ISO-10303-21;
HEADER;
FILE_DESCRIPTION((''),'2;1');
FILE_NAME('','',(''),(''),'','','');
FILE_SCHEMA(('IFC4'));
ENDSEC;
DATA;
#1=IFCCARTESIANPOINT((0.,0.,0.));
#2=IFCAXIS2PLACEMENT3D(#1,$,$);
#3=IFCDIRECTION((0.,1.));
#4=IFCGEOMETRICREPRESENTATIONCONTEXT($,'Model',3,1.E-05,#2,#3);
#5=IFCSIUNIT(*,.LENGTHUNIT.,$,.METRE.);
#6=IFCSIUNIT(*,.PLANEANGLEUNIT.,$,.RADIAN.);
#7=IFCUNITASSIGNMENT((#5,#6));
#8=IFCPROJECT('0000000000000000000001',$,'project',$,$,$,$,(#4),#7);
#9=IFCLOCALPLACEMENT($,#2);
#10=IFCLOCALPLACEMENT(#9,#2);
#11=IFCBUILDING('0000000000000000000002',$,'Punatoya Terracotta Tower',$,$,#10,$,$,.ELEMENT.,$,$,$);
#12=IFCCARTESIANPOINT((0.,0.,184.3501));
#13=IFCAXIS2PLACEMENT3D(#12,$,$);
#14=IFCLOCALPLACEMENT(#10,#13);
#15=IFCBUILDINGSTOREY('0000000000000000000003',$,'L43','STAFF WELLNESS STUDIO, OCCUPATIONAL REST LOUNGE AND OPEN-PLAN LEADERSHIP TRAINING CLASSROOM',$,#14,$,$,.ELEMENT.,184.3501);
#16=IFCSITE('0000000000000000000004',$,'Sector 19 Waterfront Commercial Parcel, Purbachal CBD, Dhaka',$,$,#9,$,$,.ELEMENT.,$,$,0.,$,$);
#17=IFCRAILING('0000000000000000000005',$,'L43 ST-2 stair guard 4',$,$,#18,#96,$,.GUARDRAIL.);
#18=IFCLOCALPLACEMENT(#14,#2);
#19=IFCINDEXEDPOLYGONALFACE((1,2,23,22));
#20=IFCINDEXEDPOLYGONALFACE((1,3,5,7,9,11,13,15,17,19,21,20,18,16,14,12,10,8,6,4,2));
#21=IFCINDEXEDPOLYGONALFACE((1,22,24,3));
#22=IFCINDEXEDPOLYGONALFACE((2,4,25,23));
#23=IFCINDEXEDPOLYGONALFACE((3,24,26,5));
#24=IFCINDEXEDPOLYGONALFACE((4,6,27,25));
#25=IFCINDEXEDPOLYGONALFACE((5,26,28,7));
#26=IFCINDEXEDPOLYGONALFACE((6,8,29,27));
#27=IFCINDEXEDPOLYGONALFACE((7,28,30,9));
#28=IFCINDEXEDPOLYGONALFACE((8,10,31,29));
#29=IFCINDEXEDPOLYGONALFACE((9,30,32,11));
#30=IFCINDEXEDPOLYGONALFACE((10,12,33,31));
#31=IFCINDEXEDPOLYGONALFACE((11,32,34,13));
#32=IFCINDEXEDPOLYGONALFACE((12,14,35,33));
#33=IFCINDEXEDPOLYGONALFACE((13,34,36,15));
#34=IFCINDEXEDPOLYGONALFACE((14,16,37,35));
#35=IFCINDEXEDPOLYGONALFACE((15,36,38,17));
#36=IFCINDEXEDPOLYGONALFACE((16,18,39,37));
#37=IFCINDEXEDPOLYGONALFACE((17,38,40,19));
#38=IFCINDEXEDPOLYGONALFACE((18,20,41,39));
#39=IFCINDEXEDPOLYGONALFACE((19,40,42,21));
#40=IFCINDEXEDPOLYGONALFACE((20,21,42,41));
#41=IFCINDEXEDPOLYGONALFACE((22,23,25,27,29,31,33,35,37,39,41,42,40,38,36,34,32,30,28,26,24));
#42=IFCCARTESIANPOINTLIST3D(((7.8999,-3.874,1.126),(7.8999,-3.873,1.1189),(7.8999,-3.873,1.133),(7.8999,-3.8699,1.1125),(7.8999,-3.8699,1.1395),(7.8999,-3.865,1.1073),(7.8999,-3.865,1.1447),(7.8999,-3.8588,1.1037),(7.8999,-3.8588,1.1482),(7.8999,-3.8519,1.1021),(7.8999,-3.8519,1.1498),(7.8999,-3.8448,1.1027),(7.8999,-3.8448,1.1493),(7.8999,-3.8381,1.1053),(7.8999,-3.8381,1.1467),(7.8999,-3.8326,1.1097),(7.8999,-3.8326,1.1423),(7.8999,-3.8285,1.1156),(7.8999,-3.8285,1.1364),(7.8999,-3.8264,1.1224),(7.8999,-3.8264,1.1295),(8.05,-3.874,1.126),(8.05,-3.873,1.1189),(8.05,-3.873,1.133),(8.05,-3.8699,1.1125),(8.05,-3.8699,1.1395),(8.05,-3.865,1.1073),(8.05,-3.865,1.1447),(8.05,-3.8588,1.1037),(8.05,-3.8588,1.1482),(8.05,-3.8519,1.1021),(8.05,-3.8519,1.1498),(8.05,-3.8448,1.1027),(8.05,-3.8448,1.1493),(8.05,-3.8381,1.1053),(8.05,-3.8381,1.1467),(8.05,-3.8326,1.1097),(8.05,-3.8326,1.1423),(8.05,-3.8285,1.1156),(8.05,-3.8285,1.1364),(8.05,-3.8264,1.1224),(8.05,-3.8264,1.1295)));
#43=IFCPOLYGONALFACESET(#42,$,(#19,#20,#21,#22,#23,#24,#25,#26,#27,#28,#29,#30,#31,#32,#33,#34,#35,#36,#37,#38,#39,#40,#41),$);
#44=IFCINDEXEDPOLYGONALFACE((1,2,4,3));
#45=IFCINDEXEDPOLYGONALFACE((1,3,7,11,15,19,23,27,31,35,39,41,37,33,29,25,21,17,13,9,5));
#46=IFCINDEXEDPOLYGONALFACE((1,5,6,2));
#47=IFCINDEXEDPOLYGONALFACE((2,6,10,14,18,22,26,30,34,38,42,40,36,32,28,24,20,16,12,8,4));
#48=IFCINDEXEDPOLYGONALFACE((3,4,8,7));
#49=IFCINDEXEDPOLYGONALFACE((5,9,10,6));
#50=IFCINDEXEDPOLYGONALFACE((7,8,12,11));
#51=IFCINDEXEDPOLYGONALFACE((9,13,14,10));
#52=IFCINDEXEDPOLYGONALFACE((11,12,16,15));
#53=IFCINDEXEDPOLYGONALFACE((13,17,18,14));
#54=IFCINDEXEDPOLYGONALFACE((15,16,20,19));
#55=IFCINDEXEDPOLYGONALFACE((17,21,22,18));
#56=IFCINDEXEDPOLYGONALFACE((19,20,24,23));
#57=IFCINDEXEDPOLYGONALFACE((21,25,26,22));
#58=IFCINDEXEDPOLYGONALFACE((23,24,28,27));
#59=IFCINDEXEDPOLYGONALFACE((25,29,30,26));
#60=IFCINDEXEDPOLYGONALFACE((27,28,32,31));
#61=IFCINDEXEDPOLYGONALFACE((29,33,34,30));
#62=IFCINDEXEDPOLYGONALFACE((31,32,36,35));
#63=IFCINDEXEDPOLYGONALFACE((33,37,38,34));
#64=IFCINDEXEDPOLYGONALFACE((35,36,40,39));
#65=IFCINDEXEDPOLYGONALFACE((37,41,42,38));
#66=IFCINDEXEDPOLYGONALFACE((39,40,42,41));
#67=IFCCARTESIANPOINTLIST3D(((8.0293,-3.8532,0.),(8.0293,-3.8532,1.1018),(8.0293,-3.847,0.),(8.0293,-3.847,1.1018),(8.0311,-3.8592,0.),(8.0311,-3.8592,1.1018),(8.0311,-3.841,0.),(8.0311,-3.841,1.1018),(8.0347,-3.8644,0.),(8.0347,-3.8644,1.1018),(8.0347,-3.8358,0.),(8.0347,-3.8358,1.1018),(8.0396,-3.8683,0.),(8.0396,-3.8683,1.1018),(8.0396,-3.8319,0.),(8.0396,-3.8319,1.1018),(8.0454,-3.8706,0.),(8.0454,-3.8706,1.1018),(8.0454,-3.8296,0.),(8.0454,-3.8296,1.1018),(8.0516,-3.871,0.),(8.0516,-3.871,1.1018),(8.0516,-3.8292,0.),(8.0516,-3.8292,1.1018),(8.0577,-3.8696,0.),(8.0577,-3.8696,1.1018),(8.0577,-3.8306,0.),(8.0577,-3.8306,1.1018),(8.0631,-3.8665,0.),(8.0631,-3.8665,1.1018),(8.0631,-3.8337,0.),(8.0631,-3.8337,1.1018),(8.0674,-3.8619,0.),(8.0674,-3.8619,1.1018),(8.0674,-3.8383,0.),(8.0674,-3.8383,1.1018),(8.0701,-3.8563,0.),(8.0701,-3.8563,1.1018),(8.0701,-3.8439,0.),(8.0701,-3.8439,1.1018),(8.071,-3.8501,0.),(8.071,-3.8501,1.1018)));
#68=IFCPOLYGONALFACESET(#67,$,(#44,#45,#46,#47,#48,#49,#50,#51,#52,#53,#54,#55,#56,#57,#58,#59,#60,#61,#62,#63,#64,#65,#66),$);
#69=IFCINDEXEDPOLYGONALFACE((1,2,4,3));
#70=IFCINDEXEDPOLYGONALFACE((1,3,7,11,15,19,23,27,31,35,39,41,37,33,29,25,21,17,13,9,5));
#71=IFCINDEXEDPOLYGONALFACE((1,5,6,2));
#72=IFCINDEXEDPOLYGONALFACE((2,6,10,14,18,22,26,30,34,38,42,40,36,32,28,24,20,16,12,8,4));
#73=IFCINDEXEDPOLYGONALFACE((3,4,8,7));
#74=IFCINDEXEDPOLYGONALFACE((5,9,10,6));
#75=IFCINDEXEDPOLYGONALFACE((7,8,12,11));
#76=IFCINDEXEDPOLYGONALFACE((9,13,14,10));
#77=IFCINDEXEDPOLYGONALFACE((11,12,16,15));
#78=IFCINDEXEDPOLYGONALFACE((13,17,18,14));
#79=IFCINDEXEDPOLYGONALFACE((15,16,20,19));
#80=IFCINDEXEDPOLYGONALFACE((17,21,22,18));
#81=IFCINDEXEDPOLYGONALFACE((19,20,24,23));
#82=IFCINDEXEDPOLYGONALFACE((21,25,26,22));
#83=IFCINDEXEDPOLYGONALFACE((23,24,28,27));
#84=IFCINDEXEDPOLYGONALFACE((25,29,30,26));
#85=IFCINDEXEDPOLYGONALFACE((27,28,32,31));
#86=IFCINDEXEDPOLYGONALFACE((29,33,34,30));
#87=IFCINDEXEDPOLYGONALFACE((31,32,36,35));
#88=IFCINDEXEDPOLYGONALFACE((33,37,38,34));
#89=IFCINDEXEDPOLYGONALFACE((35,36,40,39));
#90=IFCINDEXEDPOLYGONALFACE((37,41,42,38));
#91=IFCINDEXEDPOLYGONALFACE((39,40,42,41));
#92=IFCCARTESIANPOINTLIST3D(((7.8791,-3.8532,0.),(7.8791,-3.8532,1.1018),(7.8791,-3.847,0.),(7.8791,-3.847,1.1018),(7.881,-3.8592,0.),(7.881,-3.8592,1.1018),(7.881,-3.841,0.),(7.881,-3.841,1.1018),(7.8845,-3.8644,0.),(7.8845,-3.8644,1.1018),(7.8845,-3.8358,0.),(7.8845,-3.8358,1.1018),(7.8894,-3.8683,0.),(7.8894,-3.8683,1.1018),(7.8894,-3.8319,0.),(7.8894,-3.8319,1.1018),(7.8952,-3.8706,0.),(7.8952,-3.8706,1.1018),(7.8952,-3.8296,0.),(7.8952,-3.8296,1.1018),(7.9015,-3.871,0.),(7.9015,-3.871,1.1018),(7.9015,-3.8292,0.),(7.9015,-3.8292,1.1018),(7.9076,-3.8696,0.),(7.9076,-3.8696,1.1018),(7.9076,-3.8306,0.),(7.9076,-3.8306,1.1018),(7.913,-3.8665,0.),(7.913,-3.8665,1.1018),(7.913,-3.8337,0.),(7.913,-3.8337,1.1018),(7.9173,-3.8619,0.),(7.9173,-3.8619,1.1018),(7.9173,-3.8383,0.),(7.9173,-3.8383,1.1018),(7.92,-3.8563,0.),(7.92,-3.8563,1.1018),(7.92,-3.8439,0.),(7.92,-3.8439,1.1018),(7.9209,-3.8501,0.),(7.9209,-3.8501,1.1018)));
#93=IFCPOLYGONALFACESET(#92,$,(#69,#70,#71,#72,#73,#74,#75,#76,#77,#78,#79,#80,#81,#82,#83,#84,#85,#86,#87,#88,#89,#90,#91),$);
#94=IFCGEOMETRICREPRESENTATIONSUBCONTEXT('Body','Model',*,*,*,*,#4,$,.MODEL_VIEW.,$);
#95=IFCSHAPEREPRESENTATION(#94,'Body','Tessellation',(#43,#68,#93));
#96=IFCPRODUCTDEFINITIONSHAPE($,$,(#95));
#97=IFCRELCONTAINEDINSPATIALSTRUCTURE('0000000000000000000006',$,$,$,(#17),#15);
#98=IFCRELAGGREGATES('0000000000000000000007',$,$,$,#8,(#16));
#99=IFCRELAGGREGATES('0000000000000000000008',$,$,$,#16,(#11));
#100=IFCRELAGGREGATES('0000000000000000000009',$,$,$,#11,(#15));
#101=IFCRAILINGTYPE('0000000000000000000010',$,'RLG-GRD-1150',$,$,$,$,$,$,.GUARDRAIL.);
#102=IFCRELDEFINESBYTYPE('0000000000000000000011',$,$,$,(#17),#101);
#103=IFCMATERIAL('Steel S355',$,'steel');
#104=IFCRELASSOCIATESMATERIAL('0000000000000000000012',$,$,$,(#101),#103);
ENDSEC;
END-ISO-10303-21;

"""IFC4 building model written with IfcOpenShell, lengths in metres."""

from ifc_helpers import new_model, si_unit, direction, frame, origin, origin_2d, place, context, subcontext, project, spatial, circle, extrude, material, type_object, element, save


model = new_model("IFC4")

# Units and contexts
model_context = context("Model", 3, precision=1e-05, world=origin(), true_north=direction((0.0, 1.0)))
body_context = subcontext(model_context, "Body", "Model", "MODEL_VIEW")
ifc_project = project(units=[si_unit("LENGTHUNIT", "METRE"), si_unit("PLANEANGLEUNIT", "RADIAN")], contexts=[model_context])

# Site, building, storey
site_placement = place(None, origin())
site = spatial("IfcSite", under=ifc_project, at=site_placement, Name="Sector 19 Waterfront Commercial Parcel, Purbachal CBD, Dhaka", CompositionType="ELEMENT", RefElevation=0.0)
building_placement = place(site_placement, origin())
building = spatial("IfcBuilding", under=site, at=building_placement, Name="Punatoya Terracotta Tower", CompositionType="ELEMENT")
storey_placement = place(building_placement, frame((0.0, 0.0, 184.3501)))
storey = spatial("IfcBuildingStorey", under=building, at=storey_placement, Name="L43", Description="STAFF WELLNESS STUDIO, OCCUPATIONAL REST LOUNGE AND OPEN-PLAN LEADERSHIP TRAINING CLASSROOM", CompositionType="ELEMENT", Elevation=184.3501)

# Shared definitions
ifc_material_1 = material(Name="Steel S355", Category="steel")

# Railing
railing_type_1 = type_object("IfcRailingType", Name="RLG-GRD-1150", PredefinedType="GUARDRAIL", material=ifc_material_1)
railing_1_placement = place(storey_placement, frame((8.05, -3.8501, 0.0)))
element("IfcRailing", 1, at=railing_1_placement, inside=storey, type_object=railing_type_1, Name="L43 ST-2 stair guard 4", PredefinedType="GUARDRAIL", context=body_context, shape_type="SweptSolid", body=[
    extrude(circle(Radius=0.0239, at=origin_2d()), frame((0.0, 0.0, 1.126), z_axis=(-1.0, 0.0, 0.0), x_axis=(0.0, -1.0, 0.0)), (0.0, 0.0, 1.0), 0.1501),
    extrude(circle(Radius=0.021, at=origin_2d()), origin(), (0.0, 0.0, 1.0), 1.1018),
    extrude(circle(Radius=0.021, at=origin_2d()), frame((-0.1501, 0.0, 0.0)), (0.0, 0.0, 1.0), 1.1018),
])

save(model, "model.ifc")
